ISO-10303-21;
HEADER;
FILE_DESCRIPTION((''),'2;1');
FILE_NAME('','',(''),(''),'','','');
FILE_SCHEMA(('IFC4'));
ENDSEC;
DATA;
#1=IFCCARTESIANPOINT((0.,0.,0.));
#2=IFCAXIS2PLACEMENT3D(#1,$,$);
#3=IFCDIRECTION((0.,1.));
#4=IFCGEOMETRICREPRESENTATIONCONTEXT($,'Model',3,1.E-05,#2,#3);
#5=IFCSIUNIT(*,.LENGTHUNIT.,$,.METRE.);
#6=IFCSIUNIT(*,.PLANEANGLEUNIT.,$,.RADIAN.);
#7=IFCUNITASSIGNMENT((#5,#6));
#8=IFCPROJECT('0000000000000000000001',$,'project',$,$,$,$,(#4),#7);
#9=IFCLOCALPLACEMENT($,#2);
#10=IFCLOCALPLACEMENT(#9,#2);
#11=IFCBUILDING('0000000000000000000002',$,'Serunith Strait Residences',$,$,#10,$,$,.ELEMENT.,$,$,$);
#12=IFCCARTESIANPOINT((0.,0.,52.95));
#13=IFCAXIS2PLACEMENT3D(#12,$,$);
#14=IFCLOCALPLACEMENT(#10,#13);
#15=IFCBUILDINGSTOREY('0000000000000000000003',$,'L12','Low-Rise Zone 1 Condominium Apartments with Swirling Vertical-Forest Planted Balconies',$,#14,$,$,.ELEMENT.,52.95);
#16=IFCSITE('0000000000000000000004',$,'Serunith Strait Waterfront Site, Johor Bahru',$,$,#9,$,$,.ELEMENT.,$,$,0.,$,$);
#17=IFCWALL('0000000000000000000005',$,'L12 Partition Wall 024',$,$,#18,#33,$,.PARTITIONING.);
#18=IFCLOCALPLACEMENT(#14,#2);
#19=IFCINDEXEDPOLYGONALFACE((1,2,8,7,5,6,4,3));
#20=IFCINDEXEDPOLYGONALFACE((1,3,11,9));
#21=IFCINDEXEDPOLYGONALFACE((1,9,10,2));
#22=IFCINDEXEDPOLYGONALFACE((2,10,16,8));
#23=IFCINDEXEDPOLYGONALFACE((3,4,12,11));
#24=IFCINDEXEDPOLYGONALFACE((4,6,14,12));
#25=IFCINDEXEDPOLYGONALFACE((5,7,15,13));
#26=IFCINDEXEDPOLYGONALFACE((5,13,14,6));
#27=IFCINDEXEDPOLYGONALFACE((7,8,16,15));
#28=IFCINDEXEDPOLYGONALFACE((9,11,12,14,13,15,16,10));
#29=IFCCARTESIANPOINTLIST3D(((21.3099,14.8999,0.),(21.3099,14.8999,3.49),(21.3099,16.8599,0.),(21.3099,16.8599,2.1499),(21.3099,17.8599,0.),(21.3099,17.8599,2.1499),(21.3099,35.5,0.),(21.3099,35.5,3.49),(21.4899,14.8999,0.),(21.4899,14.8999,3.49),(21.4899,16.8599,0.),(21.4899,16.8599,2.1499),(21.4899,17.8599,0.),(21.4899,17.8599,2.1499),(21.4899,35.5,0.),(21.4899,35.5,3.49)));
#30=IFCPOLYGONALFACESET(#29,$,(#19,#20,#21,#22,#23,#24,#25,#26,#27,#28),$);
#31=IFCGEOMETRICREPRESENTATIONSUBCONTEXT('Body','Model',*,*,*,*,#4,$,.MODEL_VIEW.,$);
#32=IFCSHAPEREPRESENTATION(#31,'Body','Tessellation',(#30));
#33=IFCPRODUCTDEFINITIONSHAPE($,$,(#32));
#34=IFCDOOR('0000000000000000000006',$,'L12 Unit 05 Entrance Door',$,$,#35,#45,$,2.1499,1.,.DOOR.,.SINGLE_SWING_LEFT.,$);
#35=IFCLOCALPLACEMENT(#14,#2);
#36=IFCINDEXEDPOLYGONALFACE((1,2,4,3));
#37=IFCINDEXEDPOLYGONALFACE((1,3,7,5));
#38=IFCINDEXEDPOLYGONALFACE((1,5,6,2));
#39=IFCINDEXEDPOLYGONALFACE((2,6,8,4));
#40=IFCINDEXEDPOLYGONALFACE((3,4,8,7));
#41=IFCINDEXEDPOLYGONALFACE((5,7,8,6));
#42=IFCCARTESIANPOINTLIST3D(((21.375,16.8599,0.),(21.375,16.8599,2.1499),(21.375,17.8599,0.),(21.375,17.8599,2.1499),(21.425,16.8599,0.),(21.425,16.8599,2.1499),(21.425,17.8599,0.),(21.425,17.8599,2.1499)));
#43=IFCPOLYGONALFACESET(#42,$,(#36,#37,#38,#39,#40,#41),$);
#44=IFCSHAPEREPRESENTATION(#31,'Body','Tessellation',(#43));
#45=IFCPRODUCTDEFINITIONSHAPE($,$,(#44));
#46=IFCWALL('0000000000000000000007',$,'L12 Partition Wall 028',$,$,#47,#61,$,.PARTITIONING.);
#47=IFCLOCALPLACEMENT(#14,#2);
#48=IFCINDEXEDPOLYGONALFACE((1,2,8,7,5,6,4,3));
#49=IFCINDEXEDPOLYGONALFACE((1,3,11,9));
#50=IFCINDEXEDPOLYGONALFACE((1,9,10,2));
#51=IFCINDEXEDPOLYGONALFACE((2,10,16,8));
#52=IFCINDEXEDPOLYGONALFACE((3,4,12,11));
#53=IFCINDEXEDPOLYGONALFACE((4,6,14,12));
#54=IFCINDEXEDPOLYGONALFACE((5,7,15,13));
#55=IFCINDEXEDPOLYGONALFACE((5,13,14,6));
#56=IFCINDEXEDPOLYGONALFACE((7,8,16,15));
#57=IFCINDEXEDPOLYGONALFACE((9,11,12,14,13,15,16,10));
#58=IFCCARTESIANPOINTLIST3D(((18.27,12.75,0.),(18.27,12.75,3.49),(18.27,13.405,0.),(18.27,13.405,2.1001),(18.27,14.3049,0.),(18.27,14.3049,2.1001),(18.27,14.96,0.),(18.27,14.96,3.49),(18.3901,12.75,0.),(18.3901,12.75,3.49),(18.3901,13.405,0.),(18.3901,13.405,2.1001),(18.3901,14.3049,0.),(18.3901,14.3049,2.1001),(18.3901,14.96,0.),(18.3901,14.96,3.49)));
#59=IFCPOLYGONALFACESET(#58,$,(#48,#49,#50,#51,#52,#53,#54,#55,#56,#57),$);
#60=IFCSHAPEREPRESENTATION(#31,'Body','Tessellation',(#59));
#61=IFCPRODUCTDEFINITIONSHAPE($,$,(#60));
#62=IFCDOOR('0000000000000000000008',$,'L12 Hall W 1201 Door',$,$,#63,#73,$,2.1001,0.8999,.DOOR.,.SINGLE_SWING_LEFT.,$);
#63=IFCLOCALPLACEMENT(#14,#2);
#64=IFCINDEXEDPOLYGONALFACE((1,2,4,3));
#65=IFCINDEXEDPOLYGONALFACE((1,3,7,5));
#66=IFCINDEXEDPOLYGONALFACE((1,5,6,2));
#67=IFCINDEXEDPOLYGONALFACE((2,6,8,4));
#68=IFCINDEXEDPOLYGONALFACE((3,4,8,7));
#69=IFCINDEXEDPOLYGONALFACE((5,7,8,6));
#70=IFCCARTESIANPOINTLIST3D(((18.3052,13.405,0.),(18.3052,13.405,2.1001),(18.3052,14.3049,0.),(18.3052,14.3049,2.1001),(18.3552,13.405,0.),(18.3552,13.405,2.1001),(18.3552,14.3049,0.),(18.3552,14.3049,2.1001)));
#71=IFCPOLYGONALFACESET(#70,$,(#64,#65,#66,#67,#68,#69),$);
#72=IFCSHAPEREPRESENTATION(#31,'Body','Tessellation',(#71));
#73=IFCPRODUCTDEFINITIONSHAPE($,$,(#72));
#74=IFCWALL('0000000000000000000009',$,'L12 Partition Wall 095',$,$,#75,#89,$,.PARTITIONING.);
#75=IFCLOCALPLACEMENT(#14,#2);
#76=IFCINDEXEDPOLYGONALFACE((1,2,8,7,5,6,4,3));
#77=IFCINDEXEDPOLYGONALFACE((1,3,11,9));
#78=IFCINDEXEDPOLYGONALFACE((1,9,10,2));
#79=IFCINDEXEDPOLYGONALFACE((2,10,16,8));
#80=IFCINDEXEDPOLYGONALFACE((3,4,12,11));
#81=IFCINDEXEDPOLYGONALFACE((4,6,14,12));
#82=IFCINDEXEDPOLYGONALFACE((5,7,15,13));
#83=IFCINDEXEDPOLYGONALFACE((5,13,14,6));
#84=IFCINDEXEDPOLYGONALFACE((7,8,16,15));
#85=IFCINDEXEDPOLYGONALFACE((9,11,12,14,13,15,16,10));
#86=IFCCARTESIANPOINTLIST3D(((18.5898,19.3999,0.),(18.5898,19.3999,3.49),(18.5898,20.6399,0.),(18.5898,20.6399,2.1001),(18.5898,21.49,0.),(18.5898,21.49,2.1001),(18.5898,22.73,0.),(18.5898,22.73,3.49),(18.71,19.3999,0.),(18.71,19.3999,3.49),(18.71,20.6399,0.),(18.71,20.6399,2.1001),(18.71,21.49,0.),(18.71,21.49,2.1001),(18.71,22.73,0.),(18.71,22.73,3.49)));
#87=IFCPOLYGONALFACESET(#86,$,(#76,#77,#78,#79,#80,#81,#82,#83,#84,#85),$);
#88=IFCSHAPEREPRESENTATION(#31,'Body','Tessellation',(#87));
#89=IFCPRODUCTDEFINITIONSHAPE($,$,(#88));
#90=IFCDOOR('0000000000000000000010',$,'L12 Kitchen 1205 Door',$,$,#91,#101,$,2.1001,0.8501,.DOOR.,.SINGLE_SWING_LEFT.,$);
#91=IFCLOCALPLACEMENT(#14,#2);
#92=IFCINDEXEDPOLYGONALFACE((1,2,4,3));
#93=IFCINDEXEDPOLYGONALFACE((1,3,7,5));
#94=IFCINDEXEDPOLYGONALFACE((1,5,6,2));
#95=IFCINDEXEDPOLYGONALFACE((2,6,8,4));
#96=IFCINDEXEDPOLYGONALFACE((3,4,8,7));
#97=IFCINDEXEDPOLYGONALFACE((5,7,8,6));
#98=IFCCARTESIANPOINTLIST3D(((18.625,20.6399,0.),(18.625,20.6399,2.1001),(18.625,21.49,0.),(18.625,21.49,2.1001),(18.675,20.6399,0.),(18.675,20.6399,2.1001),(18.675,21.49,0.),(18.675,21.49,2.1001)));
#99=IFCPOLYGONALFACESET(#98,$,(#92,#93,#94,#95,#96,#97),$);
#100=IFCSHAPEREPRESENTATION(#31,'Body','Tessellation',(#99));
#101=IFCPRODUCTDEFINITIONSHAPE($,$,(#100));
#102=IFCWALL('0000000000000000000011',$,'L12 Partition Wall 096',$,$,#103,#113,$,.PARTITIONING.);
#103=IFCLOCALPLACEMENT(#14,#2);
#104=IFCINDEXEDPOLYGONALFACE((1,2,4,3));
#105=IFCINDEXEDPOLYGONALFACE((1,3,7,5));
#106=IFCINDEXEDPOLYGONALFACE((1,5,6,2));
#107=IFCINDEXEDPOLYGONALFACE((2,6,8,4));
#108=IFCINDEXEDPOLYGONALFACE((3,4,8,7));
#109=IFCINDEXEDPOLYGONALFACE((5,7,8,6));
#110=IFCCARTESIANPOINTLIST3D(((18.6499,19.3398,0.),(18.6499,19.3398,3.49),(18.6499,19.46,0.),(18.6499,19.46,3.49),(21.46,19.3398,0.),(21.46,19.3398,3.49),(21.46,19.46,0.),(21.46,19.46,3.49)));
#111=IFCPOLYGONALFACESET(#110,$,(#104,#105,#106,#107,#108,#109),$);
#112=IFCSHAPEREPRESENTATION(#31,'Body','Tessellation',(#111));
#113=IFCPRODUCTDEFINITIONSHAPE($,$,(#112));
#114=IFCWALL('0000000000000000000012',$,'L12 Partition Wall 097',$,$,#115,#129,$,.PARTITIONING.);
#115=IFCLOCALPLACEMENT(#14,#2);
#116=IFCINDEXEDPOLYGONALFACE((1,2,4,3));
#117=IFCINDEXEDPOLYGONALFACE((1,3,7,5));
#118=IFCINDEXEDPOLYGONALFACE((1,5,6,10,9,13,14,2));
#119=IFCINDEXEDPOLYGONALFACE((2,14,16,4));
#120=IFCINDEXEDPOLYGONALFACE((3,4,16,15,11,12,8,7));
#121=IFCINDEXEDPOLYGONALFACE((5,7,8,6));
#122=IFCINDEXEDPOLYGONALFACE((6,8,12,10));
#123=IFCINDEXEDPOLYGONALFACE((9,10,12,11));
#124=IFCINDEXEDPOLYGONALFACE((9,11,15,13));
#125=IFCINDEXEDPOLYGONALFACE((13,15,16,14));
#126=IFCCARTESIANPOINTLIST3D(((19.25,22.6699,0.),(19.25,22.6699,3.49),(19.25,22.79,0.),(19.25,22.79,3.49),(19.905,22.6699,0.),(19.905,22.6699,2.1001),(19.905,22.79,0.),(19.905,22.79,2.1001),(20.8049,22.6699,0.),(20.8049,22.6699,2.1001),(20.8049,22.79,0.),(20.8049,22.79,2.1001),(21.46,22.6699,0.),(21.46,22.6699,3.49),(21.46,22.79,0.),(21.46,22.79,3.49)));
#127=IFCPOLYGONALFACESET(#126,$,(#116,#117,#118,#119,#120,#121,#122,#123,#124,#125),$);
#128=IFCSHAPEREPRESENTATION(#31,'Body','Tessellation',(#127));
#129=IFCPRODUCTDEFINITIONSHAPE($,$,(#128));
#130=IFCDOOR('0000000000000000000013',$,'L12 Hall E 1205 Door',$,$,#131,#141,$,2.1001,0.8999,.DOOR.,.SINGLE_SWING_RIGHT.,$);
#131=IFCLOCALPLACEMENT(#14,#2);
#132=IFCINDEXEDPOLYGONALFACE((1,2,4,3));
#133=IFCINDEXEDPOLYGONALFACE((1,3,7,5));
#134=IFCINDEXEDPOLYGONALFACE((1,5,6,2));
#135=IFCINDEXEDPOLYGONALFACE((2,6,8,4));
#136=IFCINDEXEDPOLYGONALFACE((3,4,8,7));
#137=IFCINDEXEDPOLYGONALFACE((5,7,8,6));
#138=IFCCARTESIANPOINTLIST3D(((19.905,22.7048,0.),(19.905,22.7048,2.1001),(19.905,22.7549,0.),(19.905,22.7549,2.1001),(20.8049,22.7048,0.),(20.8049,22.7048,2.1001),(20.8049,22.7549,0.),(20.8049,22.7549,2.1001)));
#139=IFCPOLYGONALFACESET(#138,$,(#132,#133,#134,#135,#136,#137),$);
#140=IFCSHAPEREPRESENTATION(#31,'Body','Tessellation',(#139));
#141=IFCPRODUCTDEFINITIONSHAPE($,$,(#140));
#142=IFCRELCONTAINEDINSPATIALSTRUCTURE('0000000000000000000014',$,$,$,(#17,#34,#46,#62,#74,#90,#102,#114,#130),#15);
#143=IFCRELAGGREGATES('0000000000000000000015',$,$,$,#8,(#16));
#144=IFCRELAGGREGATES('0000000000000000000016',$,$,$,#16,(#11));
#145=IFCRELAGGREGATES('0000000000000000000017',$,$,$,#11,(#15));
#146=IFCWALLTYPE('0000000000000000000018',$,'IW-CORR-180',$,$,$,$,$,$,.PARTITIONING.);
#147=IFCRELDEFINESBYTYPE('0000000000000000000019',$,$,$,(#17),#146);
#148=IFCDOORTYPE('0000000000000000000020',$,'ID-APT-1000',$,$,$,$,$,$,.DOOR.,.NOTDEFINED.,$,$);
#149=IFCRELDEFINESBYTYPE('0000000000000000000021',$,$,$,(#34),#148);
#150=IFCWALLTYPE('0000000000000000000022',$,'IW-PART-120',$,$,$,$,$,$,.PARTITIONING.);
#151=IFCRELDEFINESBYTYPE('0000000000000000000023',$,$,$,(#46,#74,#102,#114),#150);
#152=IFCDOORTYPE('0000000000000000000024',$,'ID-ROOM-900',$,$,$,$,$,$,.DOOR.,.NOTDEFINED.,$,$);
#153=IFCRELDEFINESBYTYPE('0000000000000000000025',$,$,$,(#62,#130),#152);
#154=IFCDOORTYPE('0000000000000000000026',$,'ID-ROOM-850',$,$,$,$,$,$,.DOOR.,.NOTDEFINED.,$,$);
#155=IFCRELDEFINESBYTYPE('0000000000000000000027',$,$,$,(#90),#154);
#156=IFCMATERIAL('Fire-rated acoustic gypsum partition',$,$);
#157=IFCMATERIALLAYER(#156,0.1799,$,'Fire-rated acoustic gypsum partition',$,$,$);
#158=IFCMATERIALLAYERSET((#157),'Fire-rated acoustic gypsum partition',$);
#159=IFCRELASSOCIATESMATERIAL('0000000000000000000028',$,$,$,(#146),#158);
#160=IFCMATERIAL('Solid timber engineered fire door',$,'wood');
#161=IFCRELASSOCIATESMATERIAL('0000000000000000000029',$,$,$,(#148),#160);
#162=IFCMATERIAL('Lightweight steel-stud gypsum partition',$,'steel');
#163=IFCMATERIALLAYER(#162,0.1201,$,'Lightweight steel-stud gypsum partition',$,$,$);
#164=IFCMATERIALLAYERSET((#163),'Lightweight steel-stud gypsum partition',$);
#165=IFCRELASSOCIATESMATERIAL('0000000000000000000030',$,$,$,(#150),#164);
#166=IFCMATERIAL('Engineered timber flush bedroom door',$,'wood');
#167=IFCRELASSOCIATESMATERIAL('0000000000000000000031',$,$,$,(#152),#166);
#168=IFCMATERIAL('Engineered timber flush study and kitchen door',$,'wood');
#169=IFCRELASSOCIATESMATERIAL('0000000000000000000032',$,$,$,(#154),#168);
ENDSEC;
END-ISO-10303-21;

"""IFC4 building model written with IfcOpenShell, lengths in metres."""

from ifc_helpers import new_model, si_unit, direction, frame, frame_2d, origin, place, context, subcontext, project, spatial, rectangle, extrude, source, transform, mapped, material, layer, layer_set, type_object, element, fill, save


model = new_model("IFC4")

# Units and contexts
model_context = context("Model", 3, precision=1e-05, world=origin(), true_north=direction((0.0, 1.0)))
body_context = subcontext(model_context, "Body", "Model", "MODEL_VIEW")
ifc_project = project(units=[si_unit("LENGTHUNIT", "METRE"), si_unit("PLANEANGLEUNIT", "RADIAN")], contexts=[model_context])

# Site, building, storey
site_placement = place(None, origin())
site = spatial("IfcSite", under=ifc_project, at=site_placement, Name="Serunith Strait Waterfront Site, Johor Bahru", CompositionType="ELEMENT", RefElevation=0.0)
building_placement = place(site_placement, origin())
building = spatial("IfcBuilding", under=site, at=building_placement, Name="Serunith Strait Residences", CompositionType="ELEMENT")
storey_placement = place(building_placement, frame((0.0, 0.0, 52.95)))
storey = spatial("IfcBuildingStorey", under=building, at=storey_placement, Name="L12", Description="Low-Rise Zone 1 Condominium Apartments with Swirling Vertical-Forest Planted Balconies", CompositionType="ELEMENT", Elevation=52.95)

# Shared definitions
ifc_material_1 = material(Name="Fire-rated acoustic gypsum partition")
ifc_layer_1 = layer(ifc_material_1, 0.1799, Name="Fire-rated acoustic gypsum partition")
ifc_layer_set_1 = layer_set([ifc_layer_1], Name="Fire-rated acoustic gypsum partition")
wall_type_1 = type_object("IfcWallType", Name="IW-CORR-180", PredefinedType="PARTITIONING", material=ifc_layer_set_1)
ifc_material_2 = material(Name="Solid timber engineered fire door", Category="wood")
door_type_1 = type_object("IfcDoorType", Name="ID-APT-1000", OperationType="NOTDEFINED", PredefinedType="DOOR", material=ifc_material_2)
shared_shape_1 = source(origin(), body_context, "Body", "SweptSolid", [
    extrude(rectangle(XDim=1.0, YDim=2.1499, at=frame_2d((0.5, 1.075))), frame((0.0, 0.0249, 0.0), z_axis=(0.0, -1.0, 0.0), x_axis=(1.0, 0.0, 0.0)), (0.0, 0.0, 1.0), 0.05),
])

# Walls, openings, doors
wall_1_placement = place(storey_placement, frame((21.3999, 14.8999, 0.0), z_axis=(0.0, 0.0, 1.0), x_axis=(0.0, 1.0, 0.0)))
wall_1 = element("IfcWall", 1, at=wall_1_placement, inside=storey, type_object=wall_type_1, Name="L12 Partition Wall 024", PredefinedType="PARTITIONING", context=body_context, shape_type="SweptSolid", body=[
    extrude(rectangle(XDim=20.6001, YDim=0.1799, at=frame_2d((10.3, 0.0))), origin(), (0.0, 0.0, 1.0), 3.49),
])
opening_1_placement = place(wall_1_placement, frame((1.96, 0.0, 0.0)))
opening_1 = element("IfcOpeningElement", 2, at=opening_1_placement, cuts=wall_1, PredefinedType="OPENING", context=body_context, shape_type="SweptSolid", body=[
    extrude(rectangle(XDim=1.0, YDim=2.1499, at=frame_2d((0.5, 1.075))), frame((0.0, 0.1001, 0.0), z_axis=(0.0, -1.0, 0.0), x_axis=(1.0, 0.0, 0.0)), (0.0, 0.0, 1.0), 0.2),
])
door_1_placement = place(opening_1_placement, origin())
door_1 = element("IfcDoor", 3, at=door_1_placement, inside=storey, type_object=door_type_1, Name="L12 Unit 05 Entrance Door", OperationType="SINGLE_SWING_LEFT", OverallHeight=2.1499, OverallWidth=1.0, PredefinedType="DOOR", context=body_context, shape_type="MappedRepresentation", body=[
    mapped(shared_shape_1, transform((0.0, 0.0, 0.0), scale=1.0)),
])
fill(opening_1, door_1)
ifc_material_3 = material(Name="Lightweight steel-stud gypsum partition", Category="steel")
ifc_layer_2 = layer(ifc_material_3, 0.1201, Name="Lightweight steel-stud gypsum partition")
ifc_layer_set_2 = layer_set([ifc_layer_2], Name="Lightweight steel-stud gypsum partition")
wall_type_2 = type_object("IfcWallType", Name="IW-PART-120", PredefinedType="PARTITIONING", material=ifc_layer_set_2)
wall_2_placement = place(storey_placement, frame((18.3301, 12.75, 0.0), z_axis=(0.0, 0.0, 1.0), x_axis=(0.0, 1.0, 0.0)))
wall_2 = element("IfcWall", 4, at=wall_2_placement, inside=storey, type_object=wall_type_2, Name="L12 Partition Wall 028", PredefinedType="PARTITIONING", context=body_context, shape_type="SweptSolid", body=[
    extrude(rectangle(XDim=2.21, YDim=0.1201, at=frame_2d((1.105, 0.0))), origin(), (0.0, 0.0, 1.0), 3.49),
])
opening_2_placement = place(wall_2_placement, frame((0.655, 0.0, 0.0)))
opening_2 = element("IfcOpeningElement", 5, at=opening_2_placement, cuts=wall_2, PredefinedType="OPENING", context=body_context, shape_type="SweptSolid", body=[
    extrude(rectangle(XDim=0.8999, YDim=2.1001, at=frame_2d((0.45, 1.05))), frame((0.0, 0.0701, 0.0), z_axis=(0.0, -1.0, 0.0), x_axis=(1.0, 0.0, 0.0)), (0.0, 0.0, 1.0), 0.1401),
])
ifc_material_4 = material(Name="Engineered timber flush bedroom door", Category="wood")
door_type_2 = type_object("IfcDoorType", Name="ID-ROOM-900", OperationType="NOTDEFINED", PredefinedType="DOOR", material=ifc_material_4)
shared_shape_2 = source(origin(), body_context, "Body", "SweptSolid", [
    extrude(rectangle(XDim=0.8999, YDim=2.1001, at=frame_2d((0.45, 1.05))), frame((0.0, 0.0249, 0.0), z_axis=(0.0, -1.0, 0.0), x_axis=(1.0, 0.0, 0.0)), (0.0, 0.0, 1.0), 0.05),
])
door_2_placement = place(opening_2_placement, origin())
door_2 = element("IfcDoor", 6, at=door_2_placement, inside=storey, type_object=door_type_2, Name="L12 Hall W 1201 Door", OperationType="SINGLE_SWING_LEFT", OverallHeight=2.1001, OverallWidth=0.8999, PredefinedType="DOOR", context=body_context, shape_type="MappedRepresentation", body=[
    mapped(shared_shape_2, transform((0.0, 0.0, 0.0), scale=1.0)),
])
fill(opening_2, door_2)
wall_3_placement = place(storey_placement, frame((18.6499, 19.3999, 0.0), z_axis=(0.0, 0.0, 1.0), x_axis=(0.0, 1.0, 0.0)))
wall_3 = element("IfcWall", 7, at=wall_3_placement, inside=storey, type_object=wall_type_2, Name="L12 Partition Wall 095", PredefinedType="PARTITIONING", context=body_context, shape_type="SweptSolid", body=[
    extrude(rectangle(XDim=3.3301, YDim=0.1201, at=frame_2d((1.665, 0.0))), origin(), (0.0, 0.0, 1.0), 3.49),
])
opening_3_placement = place(wall_3_placement, frame((1.24, 0.0, 0.0)))
opening_3 = element("IfcOpeningElement", 8, at=opening_3_placement, cuts=wall_3, PredefinedType="OPENING", context=body_context, shape_type="SweptSolid", body=[
    extrude(rectangle(XDim=0.8501, YDim=2.1001, at=frame_2d((0.425, 1.05))), frame((0.0, 0.0701, 0.0), z_axis=(0.0, -1.0, 0.0), x_axis=(1.0, 0.0, 0.0)), (0.0, 0.0, 1.0), 0.1401),
])
ifc_material_5 = material(Name="Engineered timber flush study and kitchen door", Category="wood")
door_type_3 = type_object("IfcDoorType", Name="ID-ROOM-850", OperationType="NOTDEFINED", PredefinedType="DOOR", material=ifc_material_5)
shared_shape_3 = source(origin(), body_context, "Body", "SweptSolid", [
    extrude(rectangle(XDim=0.8501, YDim=2.1001, at=frame_2d((0.425, 1.05))), frame((0.0, 0.0249, 0.0), z_axis=(0.0, -1.0, 0.0), x_axis=(1.0, 0.0, 0.0)), (0.0, 0.0, 1.0), 0.05),
])
door_3_placement = place(opening_3_placement, origin())
door_3 = element("IfcDoor", 9, at=door_3_placement, inside=storey, type_object=door_type_3, Name="L12 Kitchen 1205 Door", OperationType="SINGLE_SWING_LEFT", OverallHeight=2.1001, OverallWidth=0.8501, PredefinedType="DOOR", context=body_context, shape_type="MappedRepresentation", body=[
    mapped(shared_shape_3, transform((0.0, 0.0, 0.0), scale=1.0)),
])
fill(opening_3, door_3)

# Wall
wall_4_placement = place(storey_placement, frame((18.6499, 19.3999, 0.0), z_axis=(0.0, 0.0, 1.0), x_axis=(1.0, 0.0, 0.0)))
element("IfcWall", 10, at=wall_4_placement, inside=storey, type_object=wall_type_2, Name="L12 Partition Wall 096", PredefinedType="PARTITIONING", context=body_context, shape_type="SweptSolid", body=[
    extrude(rectangle(XDim=2.8101, YDim=0.1201, at=frame_2d((1.405, 0.0))), origin(), (0.0, 0.0, 1.0), 3.49),
])

# Wall, opening, door
wall_5_placement = place(storey_placement, frame((19.25, 22.73, 0.0), z_axis=(0.0, 0.0, 1.0), x_axis=(1.0, 0.0, 0.0)))
wall_5 = element("IfcWall", 11, at=wall_5_placement, inside=storey, type_object=wall_type_2, Name="L12 Partition Wall 097", PredefinedType="PARTITIONING", context=body_context, shape_type="SweptSolid", body=[
    extrude(rectangle(XDim=2.21, YDim=0.1201, at=frame_2d((1.105, 0.0))), origin(), (0.0, 0.0, 1.0), 3.49),
])
opening_4_placement = place(wall_5_placement, frame((0.655, 0.0, 0.0)))
opening_4 = element("IfcOpeningElement", 12, at=opening_4_placement, cuts=wall_5, PredefinedType="OPENING", context=body_context, shape_type="SweptSolid", body=[
    extrude(rectangle(XDim=0.8999, YDim=2.1001, at=frame_2d((0.45, 1.05))), frame((0.0, 0.0701, 0.0), z_axis=(0.0, -1.0, 0.0), x_axis=(1.0, 0.0, 0.0)), (0.0, 0.0, 1.0), 0.1401),
])
door_4_placement = place(opening_4_placement, origin())
door_4 = element("IfcDoor", 13, at=door_4_placement, inside=storey, type_object=door_type_2, Name="L12 Hall E 1205 Door", OperationType="SINGLE_SWING_RIGHT", OverallHeight=2.1001, OverallWidth=0.8999, PredefinedType="DOOR", context=body_context, shape_type="MappedRepresentation", body=[
    mapped(shared_shape_2, transform((0.0, 0.0, 0.0), scale=1.0)),
])
fill(opening_4, door_4)

save(model, "model.ifc")
